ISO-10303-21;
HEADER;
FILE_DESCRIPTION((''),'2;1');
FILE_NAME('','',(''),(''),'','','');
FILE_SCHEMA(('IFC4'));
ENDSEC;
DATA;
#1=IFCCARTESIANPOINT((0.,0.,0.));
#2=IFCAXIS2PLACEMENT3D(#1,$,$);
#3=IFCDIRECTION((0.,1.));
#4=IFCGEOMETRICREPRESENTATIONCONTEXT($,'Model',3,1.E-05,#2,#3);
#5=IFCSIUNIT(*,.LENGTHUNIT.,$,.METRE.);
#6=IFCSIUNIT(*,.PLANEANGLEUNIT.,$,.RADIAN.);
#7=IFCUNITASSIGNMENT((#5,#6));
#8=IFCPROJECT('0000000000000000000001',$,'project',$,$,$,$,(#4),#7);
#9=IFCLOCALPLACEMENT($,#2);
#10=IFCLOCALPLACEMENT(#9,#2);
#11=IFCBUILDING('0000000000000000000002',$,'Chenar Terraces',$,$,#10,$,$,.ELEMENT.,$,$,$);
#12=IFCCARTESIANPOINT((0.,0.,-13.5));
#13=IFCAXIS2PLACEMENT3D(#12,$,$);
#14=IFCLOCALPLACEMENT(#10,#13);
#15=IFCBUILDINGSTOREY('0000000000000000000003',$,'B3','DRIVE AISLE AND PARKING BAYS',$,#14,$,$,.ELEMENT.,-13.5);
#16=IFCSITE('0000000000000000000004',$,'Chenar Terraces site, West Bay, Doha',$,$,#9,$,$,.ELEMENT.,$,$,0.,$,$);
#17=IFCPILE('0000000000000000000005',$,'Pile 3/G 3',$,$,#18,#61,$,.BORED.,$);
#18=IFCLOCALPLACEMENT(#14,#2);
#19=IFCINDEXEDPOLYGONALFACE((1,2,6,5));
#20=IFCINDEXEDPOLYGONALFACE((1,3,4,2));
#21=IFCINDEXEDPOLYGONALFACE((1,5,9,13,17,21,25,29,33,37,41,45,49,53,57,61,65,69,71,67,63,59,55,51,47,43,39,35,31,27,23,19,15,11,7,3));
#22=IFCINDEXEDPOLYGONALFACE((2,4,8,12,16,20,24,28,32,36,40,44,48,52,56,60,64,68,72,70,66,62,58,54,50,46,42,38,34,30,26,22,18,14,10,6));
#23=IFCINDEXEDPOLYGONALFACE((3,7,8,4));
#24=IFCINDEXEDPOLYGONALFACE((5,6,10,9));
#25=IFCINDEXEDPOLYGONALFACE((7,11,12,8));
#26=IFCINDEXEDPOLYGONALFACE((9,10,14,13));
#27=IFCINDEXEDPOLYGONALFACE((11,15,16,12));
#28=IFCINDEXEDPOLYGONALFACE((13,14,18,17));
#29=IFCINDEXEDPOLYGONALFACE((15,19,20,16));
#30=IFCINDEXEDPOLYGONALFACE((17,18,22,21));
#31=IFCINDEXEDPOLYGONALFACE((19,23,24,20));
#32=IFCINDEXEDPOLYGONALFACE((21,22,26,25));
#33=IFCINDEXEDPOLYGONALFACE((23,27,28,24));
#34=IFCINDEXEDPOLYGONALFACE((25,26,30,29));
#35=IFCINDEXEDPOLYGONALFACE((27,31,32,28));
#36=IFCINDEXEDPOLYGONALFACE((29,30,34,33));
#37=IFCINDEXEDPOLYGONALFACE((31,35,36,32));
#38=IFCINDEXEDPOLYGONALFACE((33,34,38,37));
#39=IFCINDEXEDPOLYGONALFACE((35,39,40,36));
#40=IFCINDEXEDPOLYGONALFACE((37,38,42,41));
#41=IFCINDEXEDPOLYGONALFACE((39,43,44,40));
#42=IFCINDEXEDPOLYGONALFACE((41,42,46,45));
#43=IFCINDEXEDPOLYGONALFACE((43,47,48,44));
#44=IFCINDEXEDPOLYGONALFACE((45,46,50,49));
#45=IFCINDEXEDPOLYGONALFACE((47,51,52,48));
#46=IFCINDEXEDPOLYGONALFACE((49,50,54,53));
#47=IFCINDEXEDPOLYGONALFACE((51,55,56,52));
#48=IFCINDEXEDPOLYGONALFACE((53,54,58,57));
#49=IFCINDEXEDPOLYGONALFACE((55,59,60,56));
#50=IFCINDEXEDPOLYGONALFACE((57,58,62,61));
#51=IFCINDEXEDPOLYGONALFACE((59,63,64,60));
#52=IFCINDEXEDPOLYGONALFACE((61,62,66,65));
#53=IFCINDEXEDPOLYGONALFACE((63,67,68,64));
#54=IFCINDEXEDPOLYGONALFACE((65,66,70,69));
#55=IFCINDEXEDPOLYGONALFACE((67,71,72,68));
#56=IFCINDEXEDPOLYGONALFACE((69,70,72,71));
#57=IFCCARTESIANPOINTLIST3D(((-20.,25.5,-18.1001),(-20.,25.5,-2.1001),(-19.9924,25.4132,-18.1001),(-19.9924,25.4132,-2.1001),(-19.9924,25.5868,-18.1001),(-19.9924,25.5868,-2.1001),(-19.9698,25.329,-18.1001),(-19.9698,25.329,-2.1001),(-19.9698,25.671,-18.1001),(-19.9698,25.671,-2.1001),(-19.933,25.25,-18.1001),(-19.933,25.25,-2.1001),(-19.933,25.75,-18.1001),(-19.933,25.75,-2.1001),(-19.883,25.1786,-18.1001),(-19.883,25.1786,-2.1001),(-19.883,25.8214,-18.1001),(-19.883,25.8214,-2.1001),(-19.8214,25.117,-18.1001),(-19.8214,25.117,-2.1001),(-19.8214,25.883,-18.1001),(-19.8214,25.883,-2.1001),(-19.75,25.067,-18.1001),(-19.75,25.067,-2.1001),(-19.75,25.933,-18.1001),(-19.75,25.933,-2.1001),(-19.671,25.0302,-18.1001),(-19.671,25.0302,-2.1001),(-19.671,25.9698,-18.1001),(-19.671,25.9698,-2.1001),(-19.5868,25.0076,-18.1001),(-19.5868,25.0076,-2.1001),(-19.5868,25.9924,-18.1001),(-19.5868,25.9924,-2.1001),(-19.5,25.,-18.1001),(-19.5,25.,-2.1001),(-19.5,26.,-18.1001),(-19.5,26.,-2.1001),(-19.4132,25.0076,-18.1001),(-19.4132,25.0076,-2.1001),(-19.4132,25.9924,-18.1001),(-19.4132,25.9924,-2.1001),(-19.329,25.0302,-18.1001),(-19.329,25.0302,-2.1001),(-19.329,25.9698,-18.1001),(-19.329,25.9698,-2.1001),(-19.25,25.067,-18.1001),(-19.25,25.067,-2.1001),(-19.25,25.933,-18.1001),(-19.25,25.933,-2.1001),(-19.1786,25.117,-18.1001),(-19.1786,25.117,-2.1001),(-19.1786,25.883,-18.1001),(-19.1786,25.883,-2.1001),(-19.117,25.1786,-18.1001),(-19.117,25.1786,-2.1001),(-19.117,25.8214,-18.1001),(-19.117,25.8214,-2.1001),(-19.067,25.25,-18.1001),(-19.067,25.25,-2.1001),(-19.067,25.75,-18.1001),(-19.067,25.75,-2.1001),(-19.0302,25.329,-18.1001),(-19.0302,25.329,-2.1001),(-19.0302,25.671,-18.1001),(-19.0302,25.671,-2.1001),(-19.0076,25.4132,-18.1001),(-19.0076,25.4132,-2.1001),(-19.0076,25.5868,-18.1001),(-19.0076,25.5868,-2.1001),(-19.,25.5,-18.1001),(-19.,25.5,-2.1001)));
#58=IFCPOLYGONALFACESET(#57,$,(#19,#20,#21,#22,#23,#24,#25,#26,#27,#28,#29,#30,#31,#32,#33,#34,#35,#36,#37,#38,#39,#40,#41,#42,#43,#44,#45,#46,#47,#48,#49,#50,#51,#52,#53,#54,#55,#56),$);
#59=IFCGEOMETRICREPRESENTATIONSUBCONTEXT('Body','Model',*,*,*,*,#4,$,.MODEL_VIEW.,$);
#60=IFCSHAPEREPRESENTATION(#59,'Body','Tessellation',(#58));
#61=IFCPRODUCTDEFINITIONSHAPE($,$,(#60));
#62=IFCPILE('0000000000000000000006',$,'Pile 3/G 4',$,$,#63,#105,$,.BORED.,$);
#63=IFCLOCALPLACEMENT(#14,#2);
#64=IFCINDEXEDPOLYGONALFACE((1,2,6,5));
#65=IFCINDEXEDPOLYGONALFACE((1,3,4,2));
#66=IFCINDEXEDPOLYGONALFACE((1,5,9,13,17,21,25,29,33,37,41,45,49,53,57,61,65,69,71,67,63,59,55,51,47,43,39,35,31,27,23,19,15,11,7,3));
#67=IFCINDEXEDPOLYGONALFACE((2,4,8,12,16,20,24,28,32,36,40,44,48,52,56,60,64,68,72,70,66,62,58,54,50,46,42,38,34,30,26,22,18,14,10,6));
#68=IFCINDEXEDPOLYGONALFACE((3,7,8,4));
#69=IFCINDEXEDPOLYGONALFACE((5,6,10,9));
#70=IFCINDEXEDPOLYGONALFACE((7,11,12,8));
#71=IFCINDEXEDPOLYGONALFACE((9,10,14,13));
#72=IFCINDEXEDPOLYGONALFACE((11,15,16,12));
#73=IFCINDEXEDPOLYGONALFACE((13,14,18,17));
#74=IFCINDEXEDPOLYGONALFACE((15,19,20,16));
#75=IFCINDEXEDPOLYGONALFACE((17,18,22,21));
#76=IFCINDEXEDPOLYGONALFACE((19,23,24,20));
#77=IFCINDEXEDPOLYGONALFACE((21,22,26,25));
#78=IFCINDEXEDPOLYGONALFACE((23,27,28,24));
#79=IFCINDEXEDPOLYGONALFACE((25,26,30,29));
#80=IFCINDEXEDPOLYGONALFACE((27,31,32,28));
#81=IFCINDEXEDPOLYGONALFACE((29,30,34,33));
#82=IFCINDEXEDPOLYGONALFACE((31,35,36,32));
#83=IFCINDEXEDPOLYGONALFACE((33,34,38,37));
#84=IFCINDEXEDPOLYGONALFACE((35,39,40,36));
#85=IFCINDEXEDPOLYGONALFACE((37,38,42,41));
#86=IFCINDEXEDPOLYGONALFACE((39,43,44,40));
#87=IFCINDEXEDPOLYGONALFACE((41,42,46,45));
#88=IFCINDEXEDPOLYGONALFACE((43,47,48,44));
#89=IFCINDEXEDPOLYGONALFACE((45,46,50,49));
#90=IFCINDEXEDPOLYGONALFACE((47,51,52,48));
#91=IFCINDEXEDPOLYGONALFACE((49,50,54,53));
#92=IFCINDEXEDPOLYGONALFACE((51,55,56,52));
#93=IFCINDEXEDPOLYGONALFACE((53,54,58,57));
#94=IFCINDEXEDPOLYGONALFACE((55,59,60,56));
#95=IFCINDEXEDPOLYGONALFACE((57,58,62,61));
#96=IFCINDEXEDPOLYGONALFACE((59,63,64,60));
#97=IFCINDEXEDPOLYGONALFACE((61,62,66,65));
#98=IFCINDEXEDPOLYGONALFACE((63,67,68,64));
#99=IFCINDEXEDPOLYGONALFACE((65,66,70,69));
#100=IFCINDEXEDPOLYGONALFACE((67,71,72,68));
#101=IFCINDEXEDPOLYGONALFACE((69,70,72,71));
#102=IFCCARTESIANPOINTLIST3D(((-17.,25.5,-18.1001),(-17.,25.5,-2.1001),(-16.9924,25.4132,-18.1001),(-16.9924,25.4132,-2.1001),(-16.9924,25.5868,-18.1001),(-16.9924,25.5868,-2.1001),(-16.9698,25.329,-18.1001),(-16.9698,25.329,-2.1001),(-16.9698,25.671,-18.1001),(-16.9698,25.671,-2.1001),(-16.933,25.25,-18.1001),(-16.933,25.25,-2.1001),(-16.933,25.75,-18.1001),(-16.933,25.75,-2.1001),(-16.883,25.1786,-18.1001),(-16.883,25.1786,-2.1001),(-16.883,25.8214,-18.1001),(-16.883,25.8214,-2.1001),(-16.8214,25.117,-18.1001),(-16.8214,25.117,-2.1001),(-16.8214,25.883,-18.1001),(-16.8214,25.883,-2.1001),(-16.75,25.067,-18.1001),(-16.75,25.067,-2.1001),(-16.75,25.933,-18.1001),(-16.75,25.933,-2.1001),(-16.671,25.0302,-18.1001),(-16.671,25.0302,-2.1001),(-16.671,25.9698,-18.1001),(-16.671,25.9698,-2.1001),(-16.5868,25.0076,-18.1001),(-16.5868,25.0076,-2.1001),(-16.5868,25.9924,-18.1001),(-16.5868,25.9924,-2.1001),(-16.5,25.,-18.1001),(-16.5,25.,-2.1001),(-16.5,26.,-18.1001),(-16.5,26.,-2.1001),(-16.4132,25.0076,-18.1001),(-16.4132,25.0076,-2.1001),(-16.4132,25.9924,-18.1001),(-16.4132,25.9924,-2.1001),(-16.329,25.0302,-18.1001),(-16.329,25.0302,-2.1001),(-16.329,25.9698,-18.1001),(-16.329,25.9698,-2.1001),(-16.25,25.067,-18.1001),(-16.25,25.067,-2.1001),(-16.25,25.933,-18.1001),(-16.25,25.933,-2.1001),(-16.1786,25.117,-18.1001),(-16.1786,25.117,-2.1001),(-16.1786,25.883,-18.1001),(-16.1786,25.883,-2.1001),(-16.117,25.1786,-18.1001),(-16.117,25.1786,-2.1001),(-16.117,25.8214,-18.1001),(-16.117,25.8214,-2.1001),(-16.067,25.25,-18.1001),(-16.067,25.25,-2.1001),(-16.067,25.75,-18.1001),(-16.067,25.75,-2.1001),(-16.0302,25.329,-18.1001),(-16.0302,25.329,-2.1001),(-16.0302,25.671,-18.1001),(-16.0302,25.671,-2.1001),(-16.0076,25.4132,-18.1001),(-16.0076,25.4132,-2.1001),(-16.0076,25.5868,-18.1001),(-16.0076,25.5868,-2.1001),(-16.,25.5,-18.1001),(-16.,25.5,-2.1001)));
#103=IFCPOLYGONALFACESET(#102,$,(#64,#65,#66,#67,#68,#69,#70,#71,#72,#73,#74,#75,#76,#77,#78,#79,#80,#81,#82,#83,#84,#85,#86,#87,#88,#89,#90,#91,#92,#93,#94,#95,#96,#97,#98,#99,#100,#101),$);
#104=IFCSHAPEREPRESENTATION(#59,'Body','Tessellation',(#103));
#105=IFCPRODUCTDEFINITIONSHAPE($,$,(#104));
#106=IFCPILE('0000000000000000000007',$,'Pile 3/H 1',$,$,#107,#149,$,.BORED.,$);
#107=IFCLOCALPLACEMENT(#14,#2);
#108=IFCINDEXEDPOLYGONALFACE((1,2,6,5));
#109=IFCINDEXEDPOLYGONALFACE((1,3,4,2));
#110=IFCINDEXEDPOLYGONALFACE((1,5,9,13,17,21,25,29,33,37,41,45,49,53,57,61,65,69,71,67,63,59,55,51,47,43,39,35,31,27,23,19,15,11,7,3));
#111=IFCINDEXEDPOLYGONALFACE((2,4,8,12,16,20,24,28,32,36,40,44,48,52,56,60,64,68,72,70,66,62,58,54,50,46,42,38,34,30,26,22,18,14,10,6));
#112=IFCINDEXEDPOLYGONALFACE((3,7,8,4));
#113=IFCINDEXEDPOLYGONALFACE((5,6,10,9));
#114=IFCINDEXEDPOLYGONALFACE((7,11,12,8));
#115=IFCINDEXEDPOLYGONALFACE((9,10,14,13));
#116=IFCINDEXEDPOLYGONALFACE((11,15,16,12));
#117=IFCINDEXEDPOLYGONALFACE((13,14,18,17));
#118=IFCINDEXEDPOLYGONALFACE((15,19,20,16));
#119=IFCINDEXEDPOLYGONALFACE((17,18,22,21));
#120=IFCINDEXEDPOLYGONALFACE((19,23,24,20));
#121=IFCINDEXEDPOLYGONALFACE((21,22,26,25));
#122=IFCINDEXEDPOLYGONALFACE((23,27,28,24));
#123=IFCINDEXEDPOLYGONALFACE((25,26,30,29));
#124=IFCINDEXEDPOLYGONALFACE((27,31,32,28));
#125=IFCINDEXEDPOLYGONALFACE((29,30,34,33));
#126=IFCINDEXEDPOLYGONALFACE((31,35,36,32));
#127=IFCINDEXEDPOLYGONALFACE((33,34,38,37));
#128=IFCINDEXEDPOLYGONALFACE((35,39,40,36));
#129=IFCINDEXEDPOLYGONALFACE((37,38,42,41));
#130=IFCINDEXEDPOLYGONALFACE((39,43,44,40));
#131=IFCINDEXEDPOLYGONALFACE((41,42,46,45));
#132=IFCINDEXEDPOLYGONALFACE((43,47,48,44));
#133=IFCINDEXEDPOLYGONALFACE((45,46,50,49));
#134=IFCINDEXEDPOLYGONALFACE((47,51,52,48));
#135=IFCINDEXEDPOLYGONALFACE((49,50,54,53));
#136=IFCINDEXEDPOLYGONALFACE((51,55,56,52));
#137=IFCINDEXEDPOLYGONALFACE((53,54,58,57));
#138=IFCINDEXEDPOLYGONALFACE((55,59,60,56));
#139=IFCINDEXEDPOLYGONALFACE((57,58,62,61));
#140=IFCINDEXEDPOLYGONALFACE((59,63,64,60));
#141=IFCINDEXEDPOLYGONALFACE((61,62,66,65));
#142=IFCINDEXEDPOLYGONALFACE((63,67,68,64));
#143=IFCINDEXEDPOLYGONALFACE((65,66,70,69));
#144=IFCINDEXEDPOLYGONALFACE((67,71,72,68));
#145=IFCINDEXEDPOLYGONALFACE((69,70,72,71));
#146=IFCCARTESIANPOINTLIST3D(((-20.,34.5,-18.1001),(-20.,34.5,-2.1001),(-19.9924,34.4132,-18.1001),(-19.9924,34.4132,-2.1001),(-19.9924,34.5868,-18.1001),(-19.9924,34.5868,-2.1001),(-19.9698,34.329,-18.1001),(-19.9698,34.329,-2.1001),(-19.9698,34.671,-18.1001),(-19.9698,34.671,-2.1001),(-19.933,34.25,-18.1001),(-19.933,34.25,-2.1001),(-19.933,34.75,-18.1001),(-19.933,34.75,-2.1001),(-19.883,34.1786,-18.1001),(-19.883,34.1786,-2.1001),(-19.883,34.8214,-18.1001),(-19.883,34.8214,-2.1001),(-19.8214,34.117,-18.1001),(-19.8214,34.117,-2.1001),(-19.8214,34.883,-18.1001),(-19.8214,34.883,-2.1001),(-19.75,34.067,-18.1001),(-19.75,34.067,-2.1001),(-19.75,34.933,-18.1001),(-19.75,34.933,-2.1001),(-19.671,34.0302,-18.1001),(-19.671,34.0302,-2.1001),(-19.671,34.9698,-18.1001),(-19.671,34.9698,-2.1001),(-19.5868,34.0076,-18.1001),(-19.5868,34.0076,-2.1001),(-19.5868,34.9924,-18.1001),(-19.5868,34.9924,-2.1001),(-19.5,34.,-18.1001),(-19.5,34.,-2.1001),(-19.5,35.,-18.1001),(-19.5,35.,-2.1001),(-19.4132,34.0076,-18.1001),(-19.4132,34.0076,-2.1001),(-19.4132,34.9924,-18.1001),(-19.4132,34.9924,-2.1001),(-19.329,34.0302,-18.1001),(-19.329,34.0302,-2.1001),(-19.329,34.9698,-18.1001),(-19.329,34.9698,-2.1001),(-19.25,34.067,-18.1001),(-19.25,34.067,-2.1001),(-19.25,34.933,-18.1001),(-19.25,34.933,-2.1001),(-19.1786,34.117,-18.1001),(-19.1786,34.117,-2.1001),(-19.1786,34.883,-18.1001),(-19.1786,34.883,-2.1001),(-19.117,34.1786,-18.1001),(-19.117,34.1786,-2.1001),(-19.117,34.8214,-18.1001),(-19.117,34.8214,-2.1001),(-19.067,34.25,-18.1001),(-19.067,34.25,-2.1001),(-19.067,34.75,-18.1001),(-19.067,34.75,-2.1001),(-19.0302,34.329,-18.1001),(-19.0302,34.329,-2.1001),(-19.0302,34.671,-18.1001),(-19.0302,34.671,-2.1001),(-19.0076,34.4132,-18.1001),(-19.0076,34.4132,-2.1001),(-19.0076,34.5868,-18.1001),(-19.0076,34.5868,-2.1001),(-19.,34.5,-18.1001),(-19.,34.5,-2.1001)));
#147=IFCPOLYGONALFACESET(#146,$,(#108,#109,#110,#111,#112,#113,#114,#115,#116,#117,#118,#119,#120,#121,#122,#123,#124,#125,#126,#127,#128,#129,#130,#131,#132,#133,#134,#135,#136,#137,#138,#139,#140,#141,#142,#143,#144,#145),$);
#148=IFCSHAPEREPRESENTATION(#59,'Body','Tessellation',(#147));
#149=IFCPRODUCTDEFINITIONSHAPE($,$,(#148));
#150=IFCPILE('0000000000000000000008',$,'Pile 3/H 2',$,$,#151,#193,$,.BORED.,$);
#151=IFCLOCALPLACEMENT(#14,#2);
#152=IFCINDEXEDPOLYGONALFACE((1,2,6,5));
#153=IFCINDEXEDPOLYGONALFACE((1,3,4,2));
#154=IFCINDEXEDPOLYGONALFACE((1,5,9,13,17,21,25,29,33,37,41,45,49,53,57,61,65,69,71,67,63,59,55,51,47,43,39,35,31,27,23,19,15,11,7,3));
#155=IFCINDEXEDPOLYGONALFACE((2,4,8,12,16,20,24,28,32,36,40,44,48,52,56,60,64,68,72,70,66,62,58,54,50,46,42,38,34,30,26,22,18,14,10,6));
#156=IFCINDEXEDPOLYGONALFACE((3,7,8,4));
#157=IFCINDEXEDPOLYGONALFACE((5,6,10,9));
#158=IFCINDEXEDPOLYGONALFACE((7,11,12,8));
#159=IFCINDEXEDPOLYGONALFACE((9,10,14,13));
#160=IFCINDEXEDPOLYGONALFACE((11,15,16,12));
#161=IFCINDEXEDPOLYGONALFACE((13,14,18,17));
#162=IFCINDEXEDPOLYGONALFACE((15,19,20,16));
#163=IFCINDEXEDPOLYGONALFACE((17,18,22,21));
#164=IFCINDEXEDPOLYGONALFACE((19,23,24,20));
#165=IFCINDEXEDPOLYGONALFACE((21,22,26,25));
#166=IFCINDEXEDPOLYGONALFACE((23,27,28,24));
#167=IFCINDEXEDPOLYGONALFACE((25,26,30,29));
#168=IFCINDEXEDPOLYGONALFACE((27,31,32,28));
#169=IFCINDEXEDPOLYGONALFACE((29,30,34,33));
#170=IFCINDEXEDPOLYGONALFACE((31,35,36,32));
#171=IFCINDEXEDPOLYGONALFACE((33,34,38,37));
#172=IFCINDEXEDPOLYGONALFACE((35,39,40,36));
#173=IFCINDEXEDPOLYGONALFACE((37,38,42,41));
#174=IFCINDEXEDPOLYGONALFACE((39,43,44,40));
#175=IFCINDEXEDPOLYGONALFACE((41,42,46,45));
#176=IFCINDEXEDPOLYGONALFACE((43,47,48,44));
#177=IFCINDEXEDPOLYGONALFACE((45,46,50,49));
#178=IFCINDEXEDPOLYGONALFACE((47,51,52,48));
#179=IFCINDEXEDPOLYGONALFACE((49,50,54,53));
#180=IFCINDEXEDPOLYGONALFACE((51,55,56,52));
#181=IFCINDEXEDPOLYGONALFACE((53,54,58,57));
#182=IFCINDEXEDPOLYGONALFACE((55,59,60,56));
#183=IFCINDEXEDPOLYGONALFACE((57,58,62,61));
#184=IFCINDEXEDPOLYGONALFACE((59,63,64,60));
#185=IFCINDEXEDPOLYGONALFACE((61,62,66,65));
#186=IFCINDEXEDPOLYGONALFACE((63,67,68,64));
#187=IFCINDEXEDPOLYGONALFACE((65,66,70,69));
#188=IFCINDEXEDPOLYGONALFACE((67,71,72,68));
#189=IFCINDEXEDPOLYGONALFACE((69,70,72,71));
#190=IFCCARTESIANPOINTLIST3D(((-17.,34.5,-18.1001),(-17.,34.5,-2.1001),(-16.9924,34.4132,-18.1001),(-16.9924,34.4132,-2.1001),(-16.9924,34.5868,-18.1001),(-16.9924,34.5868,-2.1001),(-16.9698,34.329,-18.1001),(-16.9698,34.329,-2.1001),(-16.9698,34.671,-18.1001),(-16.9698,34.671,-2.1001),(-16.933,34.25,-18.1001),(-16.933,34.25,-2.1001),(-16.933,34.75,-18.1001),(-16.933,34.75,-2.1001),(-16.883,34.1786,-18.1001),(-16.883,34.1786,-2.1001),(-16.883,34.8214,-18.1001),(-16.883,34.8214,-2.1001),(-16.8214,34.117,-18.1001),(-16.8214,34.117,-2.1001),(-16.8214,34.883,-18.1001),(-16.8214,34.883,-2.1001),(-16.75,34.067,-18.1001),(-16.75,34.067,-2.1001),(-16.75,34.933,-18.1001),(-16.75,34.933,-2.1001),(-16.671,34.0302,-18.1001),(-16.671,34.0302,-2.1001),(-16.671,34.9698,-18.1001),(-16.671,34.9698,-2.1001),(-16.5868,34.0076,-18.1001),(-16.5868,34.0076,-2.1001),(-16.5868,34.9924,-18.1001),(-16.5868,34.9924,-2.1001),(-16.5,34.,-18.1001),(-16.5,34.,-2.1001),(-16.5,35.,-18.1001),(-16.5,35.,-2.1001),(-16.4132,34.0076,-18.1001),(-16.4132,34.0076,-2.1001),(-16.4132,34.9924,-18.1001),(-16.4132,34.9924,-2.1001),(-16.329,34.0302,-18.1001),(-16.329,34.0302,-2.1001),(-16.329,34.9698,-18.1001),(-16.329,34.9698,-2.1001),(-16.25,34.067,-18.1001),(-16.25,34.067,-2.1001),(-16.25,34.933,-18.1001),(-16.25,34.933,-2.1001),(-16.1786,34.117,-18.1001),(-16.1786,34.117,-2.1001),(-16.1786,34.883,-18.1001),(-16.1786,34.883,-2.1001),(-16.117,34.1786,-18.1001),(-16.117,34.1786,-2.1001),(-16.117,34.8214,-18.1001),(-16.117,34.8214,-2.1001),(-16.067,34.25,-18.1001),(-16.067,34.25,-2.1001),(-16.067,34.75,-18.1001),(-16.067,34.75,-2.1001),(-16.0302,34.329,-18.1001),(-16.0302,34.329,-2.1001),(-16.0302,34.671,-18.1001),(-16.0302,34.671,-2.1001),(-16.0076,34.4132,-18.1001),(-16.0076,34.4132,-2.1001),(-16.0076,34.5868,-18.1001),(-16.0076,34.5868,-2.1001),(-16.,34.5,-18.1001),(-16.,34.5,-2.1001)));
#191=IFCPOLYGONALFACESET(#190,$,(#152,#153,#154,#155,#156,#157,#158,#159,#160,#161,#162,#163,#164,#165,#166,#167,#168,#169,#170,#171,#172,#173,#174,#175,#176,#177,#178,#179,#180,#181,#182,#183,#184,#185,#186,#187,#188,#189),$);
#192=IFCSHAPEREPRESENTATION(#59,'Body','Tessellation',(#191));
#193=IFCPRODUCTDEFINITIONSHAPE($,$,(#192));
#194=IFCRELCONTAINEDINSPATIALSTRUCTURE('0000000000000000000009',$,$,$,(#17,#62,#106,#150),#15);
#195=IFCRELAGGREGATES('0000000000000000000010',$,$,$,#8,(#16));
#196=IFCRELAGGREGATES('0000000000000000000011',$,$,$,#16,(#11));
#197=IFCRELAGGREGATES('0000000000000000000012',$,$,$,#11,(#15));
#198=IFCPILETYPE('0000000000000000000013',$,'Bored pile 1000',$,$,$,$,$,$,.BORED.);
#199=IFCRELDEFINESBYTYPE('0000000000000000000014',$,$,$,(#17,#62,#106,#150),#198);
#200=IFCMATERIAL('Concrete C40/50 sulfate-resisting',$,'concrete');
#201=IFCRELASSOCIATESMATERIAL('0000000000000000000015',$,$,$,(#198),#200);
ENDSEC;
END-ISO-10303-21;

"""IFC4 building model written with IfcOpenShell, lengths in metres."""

from ifc_helpers import new_model, si_unit, direction, frame, origin, origin_2d, place, context, subcontext, project, spatial, circle, extrude, material, material_profile, profile_set, type_object, element, save


model = new_model("IFC4")

# Units and contexts
model_context = context("Model", 3, precision=1e-05, world=origin(), true_north=direction((0.0, 1.0)))
body_context = subcontext(model_context, "Body", "Model", "MODEL_VIEW")
ifc_project = project(units=[si_unit("LENGTHUNIT", "METRE"), si_unit("PLANEANGLEUNIT", "RADIAN")], contexts=[model_context])

# Site, building, storey
site_placement = place(None, origin())
site = spatial("IfcSite", under=ifc_project, at=site_placement, Name="Chenar Terraces site, West Bay, Doha", CompositionType="ELEMENT", RefElevation=0.0)
building_placement = place(site_placement, origin())
building = spatial("IfcBuilding", under=site, at=building_placement, Name="Chenar Terraces", CompositionType="ELEMENT")
storey_placement = place(building_placement, frame((0.0, 0.0, -13.5)))
storey = spatial("IfcBuildingStorey", under=building, at=storey_placement, Name="B3", Description="DRIVE AISLE AND PARKING BAYS", CompositionType="ELEMENT", Elevation=-13.5)

# Piles
ifc_material_1 = material(Name="Concrete C40/50 sulfate-resisting", Category="concrete")
ifc_material_profile_1 = material_profile(ifc_material_1, circle(Radius=0.5, at=origin_2d()), Name="BP 1000")
ifc_profile_set_1 = profile_set([ifc_material_profile_1], Name="Concrete C40/50 sulfate-resisting")
pile_type_1 = type_object("IfcPileType", Name="Bored pile 1000", PredefinedType="BORED", material=ifc_profile_set_1)
for number, where, z_axis, x_axis, name in (
    (1, (-19.5, 25.5, -2.1001), (0.0, 0.0, -1.0), (1.0, 0.0, 0.0), "Pile 3/G 3"),
    (2, (-16.5, 25.5, -2.1001), (0.0, 0.0, -1.0), (1.0, 0.0, 0.0), "Pile 3/G 4"),
    (3, (-19.5, 34.5, -2.1001), (0.0, 0.0, -1.0), (1.0, 0.0, 0.0), "Pile 3/H 1"),
    (4, (-16.5, 34.5, -2.1001), (0.0, 0.0, -1.0), (1.0, 0.0, 0.0), "Pile 3/H 2"),
):
    element("IfcPile", number, at=place(storey_placement, frame(where, z_axis=z_axis, x_axis=x_axis)), inside=storey, type_object=pile_type_1, Name=name, PredefinedType="BORED", context=body_context, shape_type="SweptSolid", body=[
        extrude(circle(Radius=0.5, at=origin_2d()), origin(), (0.0, 0.0, 1.0), 16.0),
    ])

save(model, "model.ifc")
